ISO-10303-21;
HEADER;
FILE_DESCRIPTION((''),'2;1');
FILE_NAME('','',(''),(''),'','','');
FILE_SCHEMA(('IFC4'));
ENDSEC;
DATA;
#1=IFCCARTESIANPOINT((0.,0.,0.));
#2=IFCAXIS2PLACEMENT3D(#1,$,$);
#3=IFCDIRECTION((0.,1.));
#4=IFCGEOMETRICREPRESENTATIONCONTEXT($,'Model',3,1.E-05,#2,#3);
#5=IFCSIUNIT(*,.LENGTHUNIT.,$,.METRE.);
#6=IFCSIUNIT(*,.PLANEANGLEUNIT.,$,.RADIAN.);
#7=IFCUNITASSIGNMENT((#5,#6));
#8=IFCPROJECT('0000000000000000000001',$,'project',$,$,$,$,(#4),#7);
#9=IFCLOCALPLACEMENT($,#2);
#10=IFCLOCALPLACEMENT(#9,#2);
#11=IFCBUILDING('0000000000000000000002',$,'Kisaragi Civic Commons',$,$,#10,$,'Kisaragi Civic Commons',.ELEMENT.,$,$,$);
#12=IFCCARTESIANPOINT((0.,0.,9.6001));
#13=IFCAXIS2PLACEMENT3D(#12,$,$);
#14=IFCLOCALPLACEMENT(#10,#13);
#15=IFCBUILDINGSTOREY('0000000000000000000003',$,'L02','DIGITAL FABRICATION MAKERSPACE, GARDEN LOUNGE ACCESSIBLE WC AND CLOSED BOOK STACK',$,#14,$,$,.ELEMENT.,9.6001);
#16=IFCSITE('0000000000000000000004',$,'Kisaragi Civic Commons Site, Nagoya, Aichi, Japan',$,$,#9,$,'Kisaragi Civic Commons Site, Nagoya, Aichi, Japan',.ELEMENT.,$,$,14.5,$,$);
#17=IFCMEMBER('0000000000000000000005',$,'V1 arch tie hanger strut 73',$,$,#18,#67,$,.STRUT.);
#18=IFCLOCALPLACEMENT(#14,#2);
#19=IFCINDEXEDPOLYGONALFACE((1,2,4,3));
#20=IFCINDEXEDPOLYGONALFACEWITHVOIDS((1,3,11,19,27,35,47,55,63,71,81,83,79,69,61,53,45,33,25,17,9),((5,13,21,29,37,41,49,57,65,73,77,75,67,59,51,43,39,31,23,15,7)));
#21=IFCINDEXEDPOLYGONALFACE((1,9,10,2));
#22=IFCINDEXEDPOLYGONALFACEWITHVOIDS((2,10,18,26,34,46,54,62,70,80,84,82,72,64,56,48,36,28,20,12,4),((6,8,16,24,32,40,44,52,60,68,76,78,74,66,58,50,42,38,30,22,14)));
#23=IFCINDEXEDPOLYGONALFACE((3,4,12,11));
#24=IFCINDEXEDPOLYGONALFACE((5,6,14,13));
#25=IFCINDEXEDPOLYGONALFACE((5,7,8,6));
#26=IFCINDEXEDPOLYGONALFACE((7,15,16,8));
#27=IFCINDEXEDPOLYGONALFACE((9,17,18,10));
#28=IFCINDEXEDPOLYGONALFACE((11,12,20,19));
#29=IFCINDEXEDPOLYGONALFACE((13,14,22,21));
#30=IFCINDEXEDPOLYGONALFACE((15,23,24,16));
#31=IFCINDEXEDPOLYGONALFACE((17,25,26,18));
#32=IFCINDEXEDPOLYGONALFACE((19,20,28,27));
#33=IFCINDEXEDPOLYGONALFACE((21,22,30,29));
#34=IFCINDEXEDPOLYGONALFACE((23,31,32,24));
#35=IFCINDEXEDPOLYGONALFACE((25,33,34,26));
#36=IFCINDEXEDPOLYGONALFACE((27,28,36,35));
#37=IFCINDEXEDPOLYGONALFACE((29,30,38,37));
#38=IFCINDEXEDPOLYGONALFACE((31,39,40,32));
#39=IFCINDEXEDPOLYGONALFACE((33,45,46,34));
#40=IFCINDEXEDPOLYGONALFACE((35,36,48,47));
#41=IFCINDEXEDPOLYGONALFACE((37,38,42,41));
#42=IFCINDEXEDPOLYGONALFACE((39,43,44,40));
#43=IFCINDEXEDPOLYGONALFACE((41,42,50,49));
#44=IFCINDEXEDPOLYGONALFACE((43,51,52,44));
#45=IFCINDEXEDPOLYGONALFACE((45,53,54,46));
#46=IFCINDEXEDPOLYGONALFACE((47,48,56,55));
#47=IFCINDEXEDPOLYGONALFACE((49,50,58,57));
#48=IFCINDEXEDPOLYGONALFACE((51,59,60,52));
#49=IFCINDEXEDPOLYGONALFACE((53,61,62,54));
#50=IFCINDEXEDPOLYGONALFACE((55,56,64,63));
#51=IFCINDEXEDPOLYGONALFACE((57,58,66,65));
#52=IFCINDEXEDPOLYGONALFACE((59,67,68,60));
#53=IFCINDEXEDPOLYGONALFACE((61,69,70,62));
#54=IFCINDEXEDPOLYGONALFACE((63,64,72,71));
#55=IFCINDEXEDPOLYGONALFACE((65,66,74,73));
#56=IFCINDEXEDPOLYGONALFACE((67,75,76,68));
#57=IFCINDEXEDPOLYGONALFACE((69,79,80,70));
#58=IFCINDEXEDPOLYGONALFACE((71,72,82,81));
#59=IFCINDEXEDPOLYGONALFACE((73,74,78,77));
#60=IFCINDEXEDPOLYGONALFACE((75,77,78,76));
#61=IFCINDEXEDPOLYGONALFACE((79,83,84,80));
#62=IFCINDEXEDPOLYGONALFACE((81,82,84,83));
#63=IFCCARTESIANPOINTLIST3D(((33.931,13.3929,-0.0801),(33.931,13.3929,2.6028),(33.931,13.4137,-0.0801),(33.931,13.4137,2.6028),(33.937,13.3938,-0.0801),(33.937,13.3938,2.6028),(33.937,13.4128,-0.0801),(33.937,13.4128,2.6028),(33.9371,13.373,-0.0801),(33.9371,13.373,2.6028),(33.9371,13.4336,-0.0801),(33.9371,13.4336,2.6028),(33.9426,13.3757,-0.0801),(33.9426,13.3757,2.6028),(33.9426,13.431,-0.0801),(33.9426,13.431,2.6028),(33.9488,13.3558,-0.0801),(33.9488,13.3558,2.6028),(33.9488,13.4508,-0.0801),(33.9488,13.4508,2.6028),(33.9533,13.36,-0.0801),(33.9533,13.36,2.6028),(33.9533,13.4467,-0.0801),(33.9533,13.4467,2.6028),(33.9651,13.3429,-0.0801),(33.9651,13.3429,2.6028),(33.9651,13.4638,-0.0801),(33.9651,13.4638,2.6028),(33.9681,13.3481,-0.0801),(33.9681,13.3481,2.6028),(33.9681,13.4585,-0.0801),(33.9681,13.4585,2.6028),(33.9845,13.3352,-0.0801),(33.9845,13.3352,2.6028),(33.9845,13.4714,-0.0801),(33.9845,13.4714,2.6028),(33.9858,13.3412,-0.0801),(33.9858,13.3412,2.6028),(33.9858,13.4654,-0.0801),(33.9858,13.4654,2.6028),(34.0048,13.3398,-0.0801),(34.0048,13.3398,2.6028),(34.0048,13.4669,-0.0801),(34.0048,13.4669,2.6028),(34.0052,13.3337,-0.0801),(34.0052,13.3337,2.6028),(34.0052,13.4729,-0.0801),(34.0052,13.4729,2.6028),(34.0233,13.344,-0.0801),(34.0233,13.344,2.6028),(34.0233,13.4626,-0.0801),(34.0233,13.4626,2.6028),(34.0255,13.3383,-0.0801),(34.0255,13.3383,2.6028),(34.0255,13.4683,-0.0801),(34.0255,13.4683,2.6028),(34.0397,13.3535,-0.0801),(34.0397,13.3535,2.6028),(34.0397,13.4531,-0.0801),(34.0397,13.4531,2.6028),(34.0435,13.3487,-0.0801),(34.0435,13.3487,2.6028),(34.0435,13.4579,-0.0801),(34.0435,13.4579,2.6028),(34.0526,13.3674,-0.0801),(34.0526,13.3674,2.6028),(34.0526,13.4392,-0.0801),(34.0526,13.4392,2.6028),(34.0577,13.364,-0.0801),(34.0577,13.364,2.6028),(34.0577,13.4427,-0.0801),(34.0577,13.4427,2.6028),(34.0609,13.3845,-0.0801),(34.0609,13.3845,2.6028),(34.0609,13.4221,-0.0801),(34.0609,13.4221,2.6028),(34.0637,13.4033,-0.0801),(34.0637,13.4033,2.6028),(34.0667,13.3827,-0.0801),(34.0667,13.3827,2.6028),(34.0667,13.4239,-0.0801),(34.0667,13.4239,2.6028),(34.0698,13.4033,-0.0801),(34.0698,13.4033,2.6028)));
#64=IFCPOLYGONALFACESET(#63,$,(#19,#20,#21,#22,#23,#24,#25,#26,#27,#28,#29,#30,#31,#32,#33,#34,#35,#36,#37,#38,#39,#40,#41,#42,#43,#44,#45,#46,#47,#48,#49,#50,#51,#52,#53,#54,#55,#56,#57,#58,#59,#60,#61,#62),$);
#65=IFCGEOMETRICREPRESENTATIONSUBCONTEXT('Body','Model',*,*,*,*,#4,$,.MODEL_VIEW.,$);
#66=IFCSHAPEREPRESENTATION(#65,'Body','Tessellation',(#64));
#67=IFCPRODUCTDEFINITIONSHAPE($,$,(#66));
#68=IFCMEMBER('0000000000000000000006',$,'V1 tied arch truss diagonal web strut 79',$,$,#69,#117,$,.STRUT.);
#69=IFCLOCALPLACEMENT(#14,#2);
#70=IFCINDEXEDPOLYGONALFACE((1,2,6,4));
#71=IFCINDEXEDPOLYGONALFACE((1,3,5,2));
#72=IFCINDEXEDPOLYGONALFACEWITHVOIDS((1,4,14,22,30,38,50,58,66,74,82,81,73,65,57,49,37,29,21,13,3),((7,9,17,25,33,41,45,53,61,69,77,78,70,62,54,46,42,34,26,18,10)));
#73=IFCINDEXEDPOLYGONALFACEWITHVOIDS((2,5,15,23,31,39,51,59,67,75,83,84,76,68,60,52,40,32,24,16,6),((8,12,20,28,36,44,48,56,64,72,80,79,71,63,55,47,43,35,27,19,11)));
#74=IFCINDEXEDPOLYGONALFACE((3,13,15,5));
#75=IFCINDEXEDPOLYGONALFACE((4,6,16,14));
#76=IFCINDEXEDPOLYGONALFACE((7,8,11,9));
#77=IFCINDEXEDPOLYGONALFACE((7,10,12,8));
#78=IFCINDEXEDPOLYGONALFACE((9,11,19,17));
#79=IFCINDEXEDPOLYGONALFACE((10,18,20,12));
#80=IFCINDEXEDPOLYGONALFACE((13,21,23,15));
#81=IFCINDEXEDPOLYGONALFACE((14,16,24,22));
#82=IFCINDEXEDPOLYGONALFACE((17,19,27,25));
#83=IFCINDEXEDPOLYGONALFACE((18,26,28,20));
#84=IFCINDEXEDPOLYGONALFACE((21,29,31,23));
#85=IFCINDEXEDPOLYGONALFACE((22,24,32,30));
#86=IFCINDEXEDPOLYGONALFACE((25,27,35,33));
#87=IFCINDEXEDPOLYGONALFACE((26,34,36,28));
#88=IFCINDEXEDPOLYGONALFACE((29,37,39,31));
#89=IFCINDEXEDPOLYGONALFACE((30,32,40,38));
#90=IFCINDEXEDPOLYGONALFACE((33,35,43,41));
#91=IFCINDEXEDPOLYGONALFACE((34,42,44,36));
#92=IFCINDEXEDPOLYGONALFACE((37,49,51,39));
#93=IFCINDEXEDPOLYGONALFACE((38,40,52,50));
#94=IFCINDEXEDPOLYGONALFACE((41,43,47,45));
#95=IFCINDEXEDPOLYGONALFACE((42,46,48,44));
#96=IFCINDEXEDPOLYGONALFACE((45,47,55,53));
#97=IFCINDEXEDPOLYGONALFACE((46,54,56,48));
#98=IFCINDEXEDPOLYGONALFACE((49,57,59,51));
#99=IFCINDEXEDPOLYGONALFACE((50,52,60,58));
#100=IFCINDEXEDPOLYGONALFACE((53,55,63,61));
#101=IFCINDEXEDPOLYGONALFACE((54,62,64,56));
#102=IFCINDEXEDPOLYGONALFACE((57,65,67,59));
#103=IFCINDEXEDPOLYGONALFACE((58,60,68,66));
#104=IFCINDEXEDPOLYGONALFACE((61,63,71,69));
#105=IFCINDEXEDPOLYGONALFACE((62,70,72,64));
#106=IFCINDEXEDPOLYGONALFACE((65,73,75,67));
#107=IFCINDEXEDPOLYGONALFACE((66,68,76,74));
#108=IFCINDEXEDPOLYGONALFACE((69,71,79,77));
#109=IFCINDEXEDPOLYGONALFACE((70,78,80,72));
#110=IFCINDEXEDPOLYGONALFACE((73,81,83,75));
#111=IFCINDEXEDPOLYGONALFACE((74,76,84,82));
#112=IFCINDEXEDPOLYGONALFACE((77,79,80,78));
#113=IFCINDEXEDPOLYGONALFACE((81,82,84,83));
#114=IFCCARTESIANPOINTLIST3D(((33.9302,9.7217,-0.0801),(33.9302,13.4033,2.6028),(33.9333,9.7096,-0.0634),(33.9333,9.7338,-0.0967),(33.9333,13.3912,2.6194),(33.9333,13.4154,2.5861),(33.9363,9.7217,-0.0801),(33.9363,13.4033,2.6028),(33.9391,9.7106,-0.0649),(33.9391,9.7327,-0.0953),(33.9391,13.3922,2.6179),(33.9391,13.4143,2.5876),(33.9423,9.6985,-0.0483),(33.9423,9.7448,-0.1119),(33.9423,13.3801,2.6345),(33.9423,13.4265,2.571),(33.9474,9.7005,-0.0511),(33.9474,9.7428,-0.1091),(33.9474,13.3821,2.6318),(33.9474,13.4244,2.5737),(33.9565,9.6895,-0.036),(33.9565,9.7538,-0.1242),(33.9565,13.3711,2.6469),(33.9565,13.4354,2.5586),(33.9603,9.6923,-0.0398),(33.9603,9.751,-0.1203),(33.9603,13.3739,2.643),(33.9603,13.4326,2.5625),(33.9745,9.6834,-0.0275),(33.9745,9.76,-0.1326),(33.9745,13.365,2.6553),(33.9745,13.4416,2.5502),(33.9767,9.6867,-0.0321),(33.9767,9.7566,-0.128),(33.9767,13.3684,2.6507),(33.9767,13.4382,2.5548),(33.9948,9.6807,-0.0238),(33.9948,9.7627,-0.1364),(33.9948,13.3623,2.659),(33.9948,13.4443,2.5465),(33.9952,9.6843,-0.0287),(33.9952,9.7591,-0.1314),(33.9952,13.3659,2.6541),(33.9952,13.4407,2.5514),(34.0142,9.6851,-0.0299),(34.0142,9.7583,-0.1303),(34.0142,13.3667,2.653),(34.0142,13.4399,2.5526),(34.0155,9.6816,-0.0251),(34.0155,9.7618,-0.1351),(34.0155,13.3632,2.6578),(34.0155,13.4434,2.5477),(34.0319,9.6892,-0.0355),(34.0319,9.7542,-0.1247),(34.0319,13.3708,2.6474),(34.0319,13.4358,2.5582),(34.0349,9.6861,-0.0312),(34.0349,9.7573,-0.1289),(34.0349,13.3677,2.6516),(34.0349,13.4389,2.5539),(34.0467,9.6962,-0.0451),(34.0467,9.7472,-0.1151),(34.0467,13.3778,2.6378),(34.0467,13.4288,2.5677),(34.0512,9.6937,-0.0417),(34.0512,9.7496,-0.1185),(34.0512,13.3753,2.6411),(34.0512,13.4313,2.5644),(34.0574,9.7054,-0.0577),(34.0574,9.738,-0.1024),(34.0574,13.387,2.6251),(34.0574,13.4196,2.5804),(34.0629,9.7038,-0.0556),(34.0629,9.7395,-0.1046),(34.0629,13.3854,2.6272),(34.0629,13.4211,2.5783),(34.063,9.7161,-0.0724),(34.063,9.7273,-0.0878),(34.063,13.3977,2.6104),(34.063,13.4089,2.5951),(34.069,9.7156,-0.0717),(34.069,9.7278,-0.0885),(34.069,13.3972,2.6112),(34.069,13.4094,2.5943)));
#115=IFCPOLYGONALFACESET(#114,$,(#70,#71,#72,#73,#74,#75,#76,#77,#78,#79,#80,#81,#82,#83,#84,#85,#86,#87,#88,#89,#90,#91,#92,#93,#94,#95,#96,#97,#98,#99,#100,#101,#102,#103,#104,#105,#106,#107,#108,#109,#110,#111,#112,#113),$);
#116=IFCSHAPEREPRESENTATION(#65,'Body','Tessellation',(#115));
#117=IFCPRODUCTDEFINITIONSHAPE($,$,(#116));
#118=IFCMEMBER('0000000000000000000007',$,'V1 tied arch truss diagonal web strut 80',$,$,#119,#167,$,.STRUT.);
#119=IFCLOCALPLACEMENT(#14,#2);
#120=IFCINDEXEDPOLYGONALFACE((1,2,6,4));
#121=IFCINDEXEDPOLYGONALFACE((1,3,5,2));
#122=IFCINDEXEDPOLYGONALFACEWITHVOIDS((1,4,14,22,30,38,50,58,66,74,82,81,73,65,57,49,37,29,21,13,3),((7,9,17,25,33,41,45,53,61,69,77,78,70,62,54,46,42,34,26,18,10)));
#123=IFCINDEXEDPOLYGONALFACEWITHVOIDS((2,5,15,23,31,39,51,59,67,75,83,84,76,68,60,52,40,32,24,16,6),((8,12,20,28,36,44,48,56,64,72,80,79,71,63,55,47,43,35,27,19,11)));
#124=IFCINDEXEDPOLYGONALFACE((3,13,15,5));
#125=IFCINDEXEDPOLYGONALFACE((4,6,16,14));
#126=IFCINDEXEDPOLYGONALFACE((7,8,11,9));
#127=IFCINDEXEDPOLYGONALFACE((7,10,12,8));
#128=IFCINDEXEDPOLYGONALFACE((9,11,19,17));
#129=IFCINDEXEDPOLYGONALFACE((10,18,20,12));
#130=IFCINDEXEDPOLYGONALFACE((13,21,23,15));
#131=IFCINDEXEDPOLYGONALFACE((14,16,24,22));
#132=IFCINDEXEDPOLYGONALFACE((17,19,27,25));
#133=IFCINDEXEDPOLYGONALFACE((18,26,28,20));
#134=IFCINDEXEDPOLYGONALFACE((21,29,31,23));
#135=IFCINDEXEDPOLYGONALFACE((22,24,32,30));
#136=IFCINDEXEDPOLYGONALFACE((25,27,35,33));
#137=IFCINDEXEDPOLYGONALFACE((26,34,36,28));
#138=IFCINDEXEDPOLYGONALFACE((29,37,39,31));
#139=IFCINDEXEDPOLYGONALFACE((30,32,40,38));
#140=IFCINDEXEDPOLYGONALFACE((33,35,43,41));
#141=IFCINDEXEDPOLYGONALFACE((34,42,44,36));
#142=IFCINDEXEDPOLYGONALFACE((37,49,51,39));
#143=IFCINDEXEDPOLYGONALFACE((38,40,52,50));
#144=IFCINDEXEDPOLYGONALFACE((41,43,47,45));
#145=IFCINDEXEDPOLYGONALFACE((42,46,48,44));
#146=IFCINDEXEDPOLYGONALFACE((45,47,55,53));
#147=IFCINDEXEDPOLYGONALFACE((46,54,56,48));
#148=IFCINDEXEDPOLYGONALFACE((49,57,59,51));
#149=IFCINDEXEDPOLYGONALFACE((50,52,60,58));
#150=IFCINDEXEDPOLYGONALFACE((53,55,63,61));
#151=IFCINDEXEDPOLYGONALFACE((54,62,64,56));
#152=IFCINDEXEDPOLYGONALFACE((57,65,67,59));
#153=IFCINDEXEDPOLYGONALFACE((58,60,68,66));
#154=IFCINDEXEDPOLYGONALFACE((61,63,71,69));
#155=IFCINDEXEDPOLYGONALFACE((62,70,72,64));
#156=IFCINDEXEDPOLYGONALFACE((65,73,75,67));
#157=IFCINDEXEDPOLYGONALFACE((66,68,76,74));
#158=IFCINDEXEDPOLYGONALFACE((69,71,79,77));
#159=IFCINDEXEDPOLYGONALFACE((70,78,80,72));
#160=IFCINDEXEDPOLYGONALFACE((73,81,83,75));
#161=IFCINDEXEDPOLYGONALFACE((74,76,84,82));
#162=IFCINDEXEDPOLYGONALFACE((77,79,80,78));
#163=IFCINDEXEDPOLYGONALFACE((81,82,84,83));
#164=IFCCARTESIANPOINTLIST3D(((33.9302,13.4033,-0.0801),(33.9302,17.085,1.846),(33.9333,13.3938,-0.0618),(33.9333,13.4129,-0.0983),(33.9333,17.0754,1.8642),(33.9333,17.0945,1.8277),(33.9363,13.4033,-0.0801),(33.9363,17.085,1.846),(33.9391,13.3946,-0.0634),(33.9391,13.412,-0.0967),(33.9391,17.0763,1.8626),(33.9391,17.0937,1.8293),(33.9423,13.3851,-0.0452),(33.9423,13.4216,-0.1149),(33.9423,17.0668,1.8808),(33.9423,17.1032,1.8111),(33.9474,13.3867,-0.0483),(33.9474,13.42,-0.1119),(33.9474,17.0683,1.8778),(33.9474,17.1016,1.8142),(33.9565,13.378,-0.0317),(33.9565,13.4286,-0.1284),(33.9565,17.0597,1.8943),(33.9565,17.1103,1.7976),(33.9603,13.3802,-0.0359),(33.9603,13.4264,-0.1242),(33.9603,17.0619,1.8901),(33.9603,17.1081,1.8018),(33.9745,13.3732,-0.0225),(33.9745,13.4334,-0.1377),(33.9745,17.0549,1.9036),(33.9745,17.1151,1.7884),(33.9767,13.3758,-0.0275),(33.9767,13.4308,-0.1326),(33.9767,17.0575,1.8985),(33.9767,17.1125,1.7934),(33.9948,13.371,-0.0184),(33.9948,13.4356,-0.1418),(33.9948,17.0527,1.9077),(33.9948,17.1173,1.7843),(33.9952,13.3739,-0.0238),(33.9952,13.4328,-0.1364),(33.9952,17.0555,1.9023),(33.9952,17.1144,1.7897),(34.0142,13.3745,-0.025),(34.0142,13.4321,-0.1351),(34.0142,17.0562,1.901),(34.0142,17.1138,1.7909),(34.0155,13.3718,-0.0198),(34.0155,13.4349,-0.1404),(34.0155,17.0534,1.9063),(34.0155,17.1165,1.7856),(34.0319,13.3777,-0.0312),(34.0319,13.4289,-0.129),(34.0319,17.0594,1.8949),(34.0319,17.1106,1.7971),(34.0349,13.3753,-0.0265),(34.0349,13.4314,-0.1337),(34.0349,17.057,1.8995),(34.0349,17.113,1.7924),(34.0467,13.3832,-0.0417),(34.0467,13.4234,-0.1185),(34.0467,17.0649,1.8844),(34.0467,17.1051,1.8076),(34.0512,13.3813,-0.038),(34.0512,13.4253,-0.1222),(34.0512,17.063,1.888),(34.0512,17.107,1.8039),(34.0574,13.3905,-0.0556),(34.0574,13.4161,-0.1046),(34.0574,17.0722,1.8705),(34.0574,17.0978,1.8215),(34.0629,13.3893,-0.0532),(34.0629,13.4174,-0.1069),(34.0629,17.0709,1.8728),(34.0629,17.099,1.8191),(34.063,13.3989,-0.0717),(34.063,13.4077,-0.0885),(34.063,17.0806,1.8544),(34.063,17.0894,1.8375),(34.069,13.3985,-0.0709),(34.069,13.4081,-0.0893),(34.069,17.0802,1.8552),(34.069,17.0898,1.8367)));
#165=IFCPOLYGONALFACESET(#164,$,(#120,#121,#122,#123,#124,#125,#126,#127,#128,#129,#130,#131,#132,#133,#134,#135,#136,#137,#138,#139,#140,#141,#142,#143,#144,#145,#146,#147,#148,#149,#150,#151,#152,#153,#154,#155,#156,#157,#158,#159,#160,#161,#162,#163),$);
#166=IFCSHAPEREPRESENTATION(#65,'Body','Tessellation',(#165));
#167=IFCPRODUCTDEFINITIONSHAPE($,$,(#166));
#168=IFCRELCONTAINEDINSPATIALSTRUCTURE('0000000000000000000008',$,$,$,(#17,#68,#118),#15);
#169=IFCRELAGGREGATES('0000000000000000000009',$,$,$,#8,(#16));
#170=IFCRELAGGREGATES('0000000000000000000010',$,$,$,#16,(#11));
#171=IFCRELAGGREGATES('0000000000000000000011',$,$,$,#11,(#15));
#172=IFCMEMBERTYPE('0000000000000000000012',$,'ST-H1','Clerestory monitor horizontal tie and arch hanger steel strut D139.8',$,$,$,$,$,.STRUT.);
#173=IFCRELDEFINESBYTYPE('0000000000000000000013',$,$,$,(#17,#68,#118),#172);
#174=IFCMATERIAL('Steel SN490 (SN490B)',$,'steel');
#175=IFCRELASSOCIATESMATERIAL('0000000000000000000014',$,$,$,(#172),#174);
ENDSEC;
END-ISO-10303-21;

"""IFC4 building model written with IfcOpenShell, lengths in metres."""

from ifc_helpers import new_model, si_unit, direction, frame, origin, origin_2d, place, context, subcontext, project, spatial, hollow_circle, extrude, material, material_profile, profile_set, type_object, element, save


model = new_model("IFC4")

# Units and contexts
model_context = context("Model", 3, precision=1e-05, world=origin(), true_north=direction((0.0, 1.0)))
body_context = subcontext(model_context, "Body", "Model", "MODEL_VIEW")
ifc_project = project(units=[si_unit("LENGTHUNIT", "METRE"), si_unit("PLANEANGLEUNIT", "RADIAN")], contexts=[model_context])

# Site, building, storey
site_placement = place(None, origin())
site = spatial("IfcSite", under=ifc_project, at=site_placement, Name="Kisaragi Civic Commons Site, Nagoya, Aichi, Japan", LongName="Kisaragi Civic Commons Site, Nagoya, Aichi, Japan", CompositionType="ELEMENT", RefElevation=14.5)
building_placement = place(site_placement, origin())
building = spatial("IfcBuilding", under=site, at=building_placement, Name="Kisaragi Civic Commons", LongName="Kisaragi Civic Commons", CompositionType="ELEMENT")
storey_placement = place(building_placement, frame((0.0, 0.0, 9.6001)))
storey = spatial("IfcBuildingStorey", under=building, at=storey_placement, Name="L02", Description="DIGITAL FABRICATION MAKERSPACE, GARDEN LOUNGE ACCESSIBLE WC AND CLOSED BOOK STACK", CompositionType="ELEMENT", Elevation=9.6001)

# Members
ifc_material_1 = material(Name="Steel SN490 (SN490B)", Category="steel")
ifc_material_profile_1 = material_profile(ifc_material_1, hollow_circle(Radius=0.0698, WallThickness=0.0061, at=origin_2d()), Name="CHS-139.8x6.0", Category="steel")
ifc_profile_set_1 = profile_set([ifc_material_profile_1], Name="Steel SN490 (SN490B)")
member_type_1 = type_object("IfcMemberType", Name="ST-H1", Description="Clerestory monitor horizontal tie and arch hanger steel strut D139.8", PredefinedType="STRUT", material=ifc_profile_set_1)
member_1_placement = place(storey_placement, frame((34.0, 13.4033, -0.0801), z_axis=(0.0, 0.0, 1.0), x_axis=(1.0, 0.0, 0.0)))
element("IfcMember", 1, at=member_1_placement, inside=storey, type_object=member_type_1, Name="V1 arch tie hanger strut 73", PredefinedType="STRUT", context=body_context, shape_type="SweptSolid", body=[
    extrude(hollow_circle(Radius=0.0698, WallThickness=0.0061, at=origin_2d()), origin(), (0.0, 0.0, 1.0), 2.6829),
])
member_2_placement = place(storey_placement, frame((34.0, 9.7217, -0.0801), z_axis=(0.0, 0.808182, 0.588933), x_axis=(-1.0, 0.0, 0.0)))
element("IfcMember", 2, at=member_2_placement, inside=storey, type_object=member_type_1, Name="V1 tied arch truss diagonal web strut 79", PredefinedType="STRUT", context=body_context, shape_type="SweptSolid", body=[
    extrude(hollow_circle(Radius=0.0698, WallThickness=0.0061, at=origin_2d()), origin(), (0.0, 0.0, 1.0), 4.5554),
])
member_3_placement = place(storey_placement, frame((34.0, 13.4033, -0.0801), z_axis=(0.0, 0.886074, 0.463544), x_axis=(-1.0, 0.0, 0.0)))
element("IfcMember", 3, at=member_3_placement, inside=storey, type_object=member_type_1, Name="V1 tied arch truss diagonal web strut 80", PredefinedType="STRUT", context=body_context, shape_type="SweptSolid", body=[
    extrude(hollow_circle(Radius=0.0698, WallThickness=0.0061, at=origin_2d()), origin(), (0.0, 0.0, 1.0), 4.155),
])

save(model, "model.ifc")
